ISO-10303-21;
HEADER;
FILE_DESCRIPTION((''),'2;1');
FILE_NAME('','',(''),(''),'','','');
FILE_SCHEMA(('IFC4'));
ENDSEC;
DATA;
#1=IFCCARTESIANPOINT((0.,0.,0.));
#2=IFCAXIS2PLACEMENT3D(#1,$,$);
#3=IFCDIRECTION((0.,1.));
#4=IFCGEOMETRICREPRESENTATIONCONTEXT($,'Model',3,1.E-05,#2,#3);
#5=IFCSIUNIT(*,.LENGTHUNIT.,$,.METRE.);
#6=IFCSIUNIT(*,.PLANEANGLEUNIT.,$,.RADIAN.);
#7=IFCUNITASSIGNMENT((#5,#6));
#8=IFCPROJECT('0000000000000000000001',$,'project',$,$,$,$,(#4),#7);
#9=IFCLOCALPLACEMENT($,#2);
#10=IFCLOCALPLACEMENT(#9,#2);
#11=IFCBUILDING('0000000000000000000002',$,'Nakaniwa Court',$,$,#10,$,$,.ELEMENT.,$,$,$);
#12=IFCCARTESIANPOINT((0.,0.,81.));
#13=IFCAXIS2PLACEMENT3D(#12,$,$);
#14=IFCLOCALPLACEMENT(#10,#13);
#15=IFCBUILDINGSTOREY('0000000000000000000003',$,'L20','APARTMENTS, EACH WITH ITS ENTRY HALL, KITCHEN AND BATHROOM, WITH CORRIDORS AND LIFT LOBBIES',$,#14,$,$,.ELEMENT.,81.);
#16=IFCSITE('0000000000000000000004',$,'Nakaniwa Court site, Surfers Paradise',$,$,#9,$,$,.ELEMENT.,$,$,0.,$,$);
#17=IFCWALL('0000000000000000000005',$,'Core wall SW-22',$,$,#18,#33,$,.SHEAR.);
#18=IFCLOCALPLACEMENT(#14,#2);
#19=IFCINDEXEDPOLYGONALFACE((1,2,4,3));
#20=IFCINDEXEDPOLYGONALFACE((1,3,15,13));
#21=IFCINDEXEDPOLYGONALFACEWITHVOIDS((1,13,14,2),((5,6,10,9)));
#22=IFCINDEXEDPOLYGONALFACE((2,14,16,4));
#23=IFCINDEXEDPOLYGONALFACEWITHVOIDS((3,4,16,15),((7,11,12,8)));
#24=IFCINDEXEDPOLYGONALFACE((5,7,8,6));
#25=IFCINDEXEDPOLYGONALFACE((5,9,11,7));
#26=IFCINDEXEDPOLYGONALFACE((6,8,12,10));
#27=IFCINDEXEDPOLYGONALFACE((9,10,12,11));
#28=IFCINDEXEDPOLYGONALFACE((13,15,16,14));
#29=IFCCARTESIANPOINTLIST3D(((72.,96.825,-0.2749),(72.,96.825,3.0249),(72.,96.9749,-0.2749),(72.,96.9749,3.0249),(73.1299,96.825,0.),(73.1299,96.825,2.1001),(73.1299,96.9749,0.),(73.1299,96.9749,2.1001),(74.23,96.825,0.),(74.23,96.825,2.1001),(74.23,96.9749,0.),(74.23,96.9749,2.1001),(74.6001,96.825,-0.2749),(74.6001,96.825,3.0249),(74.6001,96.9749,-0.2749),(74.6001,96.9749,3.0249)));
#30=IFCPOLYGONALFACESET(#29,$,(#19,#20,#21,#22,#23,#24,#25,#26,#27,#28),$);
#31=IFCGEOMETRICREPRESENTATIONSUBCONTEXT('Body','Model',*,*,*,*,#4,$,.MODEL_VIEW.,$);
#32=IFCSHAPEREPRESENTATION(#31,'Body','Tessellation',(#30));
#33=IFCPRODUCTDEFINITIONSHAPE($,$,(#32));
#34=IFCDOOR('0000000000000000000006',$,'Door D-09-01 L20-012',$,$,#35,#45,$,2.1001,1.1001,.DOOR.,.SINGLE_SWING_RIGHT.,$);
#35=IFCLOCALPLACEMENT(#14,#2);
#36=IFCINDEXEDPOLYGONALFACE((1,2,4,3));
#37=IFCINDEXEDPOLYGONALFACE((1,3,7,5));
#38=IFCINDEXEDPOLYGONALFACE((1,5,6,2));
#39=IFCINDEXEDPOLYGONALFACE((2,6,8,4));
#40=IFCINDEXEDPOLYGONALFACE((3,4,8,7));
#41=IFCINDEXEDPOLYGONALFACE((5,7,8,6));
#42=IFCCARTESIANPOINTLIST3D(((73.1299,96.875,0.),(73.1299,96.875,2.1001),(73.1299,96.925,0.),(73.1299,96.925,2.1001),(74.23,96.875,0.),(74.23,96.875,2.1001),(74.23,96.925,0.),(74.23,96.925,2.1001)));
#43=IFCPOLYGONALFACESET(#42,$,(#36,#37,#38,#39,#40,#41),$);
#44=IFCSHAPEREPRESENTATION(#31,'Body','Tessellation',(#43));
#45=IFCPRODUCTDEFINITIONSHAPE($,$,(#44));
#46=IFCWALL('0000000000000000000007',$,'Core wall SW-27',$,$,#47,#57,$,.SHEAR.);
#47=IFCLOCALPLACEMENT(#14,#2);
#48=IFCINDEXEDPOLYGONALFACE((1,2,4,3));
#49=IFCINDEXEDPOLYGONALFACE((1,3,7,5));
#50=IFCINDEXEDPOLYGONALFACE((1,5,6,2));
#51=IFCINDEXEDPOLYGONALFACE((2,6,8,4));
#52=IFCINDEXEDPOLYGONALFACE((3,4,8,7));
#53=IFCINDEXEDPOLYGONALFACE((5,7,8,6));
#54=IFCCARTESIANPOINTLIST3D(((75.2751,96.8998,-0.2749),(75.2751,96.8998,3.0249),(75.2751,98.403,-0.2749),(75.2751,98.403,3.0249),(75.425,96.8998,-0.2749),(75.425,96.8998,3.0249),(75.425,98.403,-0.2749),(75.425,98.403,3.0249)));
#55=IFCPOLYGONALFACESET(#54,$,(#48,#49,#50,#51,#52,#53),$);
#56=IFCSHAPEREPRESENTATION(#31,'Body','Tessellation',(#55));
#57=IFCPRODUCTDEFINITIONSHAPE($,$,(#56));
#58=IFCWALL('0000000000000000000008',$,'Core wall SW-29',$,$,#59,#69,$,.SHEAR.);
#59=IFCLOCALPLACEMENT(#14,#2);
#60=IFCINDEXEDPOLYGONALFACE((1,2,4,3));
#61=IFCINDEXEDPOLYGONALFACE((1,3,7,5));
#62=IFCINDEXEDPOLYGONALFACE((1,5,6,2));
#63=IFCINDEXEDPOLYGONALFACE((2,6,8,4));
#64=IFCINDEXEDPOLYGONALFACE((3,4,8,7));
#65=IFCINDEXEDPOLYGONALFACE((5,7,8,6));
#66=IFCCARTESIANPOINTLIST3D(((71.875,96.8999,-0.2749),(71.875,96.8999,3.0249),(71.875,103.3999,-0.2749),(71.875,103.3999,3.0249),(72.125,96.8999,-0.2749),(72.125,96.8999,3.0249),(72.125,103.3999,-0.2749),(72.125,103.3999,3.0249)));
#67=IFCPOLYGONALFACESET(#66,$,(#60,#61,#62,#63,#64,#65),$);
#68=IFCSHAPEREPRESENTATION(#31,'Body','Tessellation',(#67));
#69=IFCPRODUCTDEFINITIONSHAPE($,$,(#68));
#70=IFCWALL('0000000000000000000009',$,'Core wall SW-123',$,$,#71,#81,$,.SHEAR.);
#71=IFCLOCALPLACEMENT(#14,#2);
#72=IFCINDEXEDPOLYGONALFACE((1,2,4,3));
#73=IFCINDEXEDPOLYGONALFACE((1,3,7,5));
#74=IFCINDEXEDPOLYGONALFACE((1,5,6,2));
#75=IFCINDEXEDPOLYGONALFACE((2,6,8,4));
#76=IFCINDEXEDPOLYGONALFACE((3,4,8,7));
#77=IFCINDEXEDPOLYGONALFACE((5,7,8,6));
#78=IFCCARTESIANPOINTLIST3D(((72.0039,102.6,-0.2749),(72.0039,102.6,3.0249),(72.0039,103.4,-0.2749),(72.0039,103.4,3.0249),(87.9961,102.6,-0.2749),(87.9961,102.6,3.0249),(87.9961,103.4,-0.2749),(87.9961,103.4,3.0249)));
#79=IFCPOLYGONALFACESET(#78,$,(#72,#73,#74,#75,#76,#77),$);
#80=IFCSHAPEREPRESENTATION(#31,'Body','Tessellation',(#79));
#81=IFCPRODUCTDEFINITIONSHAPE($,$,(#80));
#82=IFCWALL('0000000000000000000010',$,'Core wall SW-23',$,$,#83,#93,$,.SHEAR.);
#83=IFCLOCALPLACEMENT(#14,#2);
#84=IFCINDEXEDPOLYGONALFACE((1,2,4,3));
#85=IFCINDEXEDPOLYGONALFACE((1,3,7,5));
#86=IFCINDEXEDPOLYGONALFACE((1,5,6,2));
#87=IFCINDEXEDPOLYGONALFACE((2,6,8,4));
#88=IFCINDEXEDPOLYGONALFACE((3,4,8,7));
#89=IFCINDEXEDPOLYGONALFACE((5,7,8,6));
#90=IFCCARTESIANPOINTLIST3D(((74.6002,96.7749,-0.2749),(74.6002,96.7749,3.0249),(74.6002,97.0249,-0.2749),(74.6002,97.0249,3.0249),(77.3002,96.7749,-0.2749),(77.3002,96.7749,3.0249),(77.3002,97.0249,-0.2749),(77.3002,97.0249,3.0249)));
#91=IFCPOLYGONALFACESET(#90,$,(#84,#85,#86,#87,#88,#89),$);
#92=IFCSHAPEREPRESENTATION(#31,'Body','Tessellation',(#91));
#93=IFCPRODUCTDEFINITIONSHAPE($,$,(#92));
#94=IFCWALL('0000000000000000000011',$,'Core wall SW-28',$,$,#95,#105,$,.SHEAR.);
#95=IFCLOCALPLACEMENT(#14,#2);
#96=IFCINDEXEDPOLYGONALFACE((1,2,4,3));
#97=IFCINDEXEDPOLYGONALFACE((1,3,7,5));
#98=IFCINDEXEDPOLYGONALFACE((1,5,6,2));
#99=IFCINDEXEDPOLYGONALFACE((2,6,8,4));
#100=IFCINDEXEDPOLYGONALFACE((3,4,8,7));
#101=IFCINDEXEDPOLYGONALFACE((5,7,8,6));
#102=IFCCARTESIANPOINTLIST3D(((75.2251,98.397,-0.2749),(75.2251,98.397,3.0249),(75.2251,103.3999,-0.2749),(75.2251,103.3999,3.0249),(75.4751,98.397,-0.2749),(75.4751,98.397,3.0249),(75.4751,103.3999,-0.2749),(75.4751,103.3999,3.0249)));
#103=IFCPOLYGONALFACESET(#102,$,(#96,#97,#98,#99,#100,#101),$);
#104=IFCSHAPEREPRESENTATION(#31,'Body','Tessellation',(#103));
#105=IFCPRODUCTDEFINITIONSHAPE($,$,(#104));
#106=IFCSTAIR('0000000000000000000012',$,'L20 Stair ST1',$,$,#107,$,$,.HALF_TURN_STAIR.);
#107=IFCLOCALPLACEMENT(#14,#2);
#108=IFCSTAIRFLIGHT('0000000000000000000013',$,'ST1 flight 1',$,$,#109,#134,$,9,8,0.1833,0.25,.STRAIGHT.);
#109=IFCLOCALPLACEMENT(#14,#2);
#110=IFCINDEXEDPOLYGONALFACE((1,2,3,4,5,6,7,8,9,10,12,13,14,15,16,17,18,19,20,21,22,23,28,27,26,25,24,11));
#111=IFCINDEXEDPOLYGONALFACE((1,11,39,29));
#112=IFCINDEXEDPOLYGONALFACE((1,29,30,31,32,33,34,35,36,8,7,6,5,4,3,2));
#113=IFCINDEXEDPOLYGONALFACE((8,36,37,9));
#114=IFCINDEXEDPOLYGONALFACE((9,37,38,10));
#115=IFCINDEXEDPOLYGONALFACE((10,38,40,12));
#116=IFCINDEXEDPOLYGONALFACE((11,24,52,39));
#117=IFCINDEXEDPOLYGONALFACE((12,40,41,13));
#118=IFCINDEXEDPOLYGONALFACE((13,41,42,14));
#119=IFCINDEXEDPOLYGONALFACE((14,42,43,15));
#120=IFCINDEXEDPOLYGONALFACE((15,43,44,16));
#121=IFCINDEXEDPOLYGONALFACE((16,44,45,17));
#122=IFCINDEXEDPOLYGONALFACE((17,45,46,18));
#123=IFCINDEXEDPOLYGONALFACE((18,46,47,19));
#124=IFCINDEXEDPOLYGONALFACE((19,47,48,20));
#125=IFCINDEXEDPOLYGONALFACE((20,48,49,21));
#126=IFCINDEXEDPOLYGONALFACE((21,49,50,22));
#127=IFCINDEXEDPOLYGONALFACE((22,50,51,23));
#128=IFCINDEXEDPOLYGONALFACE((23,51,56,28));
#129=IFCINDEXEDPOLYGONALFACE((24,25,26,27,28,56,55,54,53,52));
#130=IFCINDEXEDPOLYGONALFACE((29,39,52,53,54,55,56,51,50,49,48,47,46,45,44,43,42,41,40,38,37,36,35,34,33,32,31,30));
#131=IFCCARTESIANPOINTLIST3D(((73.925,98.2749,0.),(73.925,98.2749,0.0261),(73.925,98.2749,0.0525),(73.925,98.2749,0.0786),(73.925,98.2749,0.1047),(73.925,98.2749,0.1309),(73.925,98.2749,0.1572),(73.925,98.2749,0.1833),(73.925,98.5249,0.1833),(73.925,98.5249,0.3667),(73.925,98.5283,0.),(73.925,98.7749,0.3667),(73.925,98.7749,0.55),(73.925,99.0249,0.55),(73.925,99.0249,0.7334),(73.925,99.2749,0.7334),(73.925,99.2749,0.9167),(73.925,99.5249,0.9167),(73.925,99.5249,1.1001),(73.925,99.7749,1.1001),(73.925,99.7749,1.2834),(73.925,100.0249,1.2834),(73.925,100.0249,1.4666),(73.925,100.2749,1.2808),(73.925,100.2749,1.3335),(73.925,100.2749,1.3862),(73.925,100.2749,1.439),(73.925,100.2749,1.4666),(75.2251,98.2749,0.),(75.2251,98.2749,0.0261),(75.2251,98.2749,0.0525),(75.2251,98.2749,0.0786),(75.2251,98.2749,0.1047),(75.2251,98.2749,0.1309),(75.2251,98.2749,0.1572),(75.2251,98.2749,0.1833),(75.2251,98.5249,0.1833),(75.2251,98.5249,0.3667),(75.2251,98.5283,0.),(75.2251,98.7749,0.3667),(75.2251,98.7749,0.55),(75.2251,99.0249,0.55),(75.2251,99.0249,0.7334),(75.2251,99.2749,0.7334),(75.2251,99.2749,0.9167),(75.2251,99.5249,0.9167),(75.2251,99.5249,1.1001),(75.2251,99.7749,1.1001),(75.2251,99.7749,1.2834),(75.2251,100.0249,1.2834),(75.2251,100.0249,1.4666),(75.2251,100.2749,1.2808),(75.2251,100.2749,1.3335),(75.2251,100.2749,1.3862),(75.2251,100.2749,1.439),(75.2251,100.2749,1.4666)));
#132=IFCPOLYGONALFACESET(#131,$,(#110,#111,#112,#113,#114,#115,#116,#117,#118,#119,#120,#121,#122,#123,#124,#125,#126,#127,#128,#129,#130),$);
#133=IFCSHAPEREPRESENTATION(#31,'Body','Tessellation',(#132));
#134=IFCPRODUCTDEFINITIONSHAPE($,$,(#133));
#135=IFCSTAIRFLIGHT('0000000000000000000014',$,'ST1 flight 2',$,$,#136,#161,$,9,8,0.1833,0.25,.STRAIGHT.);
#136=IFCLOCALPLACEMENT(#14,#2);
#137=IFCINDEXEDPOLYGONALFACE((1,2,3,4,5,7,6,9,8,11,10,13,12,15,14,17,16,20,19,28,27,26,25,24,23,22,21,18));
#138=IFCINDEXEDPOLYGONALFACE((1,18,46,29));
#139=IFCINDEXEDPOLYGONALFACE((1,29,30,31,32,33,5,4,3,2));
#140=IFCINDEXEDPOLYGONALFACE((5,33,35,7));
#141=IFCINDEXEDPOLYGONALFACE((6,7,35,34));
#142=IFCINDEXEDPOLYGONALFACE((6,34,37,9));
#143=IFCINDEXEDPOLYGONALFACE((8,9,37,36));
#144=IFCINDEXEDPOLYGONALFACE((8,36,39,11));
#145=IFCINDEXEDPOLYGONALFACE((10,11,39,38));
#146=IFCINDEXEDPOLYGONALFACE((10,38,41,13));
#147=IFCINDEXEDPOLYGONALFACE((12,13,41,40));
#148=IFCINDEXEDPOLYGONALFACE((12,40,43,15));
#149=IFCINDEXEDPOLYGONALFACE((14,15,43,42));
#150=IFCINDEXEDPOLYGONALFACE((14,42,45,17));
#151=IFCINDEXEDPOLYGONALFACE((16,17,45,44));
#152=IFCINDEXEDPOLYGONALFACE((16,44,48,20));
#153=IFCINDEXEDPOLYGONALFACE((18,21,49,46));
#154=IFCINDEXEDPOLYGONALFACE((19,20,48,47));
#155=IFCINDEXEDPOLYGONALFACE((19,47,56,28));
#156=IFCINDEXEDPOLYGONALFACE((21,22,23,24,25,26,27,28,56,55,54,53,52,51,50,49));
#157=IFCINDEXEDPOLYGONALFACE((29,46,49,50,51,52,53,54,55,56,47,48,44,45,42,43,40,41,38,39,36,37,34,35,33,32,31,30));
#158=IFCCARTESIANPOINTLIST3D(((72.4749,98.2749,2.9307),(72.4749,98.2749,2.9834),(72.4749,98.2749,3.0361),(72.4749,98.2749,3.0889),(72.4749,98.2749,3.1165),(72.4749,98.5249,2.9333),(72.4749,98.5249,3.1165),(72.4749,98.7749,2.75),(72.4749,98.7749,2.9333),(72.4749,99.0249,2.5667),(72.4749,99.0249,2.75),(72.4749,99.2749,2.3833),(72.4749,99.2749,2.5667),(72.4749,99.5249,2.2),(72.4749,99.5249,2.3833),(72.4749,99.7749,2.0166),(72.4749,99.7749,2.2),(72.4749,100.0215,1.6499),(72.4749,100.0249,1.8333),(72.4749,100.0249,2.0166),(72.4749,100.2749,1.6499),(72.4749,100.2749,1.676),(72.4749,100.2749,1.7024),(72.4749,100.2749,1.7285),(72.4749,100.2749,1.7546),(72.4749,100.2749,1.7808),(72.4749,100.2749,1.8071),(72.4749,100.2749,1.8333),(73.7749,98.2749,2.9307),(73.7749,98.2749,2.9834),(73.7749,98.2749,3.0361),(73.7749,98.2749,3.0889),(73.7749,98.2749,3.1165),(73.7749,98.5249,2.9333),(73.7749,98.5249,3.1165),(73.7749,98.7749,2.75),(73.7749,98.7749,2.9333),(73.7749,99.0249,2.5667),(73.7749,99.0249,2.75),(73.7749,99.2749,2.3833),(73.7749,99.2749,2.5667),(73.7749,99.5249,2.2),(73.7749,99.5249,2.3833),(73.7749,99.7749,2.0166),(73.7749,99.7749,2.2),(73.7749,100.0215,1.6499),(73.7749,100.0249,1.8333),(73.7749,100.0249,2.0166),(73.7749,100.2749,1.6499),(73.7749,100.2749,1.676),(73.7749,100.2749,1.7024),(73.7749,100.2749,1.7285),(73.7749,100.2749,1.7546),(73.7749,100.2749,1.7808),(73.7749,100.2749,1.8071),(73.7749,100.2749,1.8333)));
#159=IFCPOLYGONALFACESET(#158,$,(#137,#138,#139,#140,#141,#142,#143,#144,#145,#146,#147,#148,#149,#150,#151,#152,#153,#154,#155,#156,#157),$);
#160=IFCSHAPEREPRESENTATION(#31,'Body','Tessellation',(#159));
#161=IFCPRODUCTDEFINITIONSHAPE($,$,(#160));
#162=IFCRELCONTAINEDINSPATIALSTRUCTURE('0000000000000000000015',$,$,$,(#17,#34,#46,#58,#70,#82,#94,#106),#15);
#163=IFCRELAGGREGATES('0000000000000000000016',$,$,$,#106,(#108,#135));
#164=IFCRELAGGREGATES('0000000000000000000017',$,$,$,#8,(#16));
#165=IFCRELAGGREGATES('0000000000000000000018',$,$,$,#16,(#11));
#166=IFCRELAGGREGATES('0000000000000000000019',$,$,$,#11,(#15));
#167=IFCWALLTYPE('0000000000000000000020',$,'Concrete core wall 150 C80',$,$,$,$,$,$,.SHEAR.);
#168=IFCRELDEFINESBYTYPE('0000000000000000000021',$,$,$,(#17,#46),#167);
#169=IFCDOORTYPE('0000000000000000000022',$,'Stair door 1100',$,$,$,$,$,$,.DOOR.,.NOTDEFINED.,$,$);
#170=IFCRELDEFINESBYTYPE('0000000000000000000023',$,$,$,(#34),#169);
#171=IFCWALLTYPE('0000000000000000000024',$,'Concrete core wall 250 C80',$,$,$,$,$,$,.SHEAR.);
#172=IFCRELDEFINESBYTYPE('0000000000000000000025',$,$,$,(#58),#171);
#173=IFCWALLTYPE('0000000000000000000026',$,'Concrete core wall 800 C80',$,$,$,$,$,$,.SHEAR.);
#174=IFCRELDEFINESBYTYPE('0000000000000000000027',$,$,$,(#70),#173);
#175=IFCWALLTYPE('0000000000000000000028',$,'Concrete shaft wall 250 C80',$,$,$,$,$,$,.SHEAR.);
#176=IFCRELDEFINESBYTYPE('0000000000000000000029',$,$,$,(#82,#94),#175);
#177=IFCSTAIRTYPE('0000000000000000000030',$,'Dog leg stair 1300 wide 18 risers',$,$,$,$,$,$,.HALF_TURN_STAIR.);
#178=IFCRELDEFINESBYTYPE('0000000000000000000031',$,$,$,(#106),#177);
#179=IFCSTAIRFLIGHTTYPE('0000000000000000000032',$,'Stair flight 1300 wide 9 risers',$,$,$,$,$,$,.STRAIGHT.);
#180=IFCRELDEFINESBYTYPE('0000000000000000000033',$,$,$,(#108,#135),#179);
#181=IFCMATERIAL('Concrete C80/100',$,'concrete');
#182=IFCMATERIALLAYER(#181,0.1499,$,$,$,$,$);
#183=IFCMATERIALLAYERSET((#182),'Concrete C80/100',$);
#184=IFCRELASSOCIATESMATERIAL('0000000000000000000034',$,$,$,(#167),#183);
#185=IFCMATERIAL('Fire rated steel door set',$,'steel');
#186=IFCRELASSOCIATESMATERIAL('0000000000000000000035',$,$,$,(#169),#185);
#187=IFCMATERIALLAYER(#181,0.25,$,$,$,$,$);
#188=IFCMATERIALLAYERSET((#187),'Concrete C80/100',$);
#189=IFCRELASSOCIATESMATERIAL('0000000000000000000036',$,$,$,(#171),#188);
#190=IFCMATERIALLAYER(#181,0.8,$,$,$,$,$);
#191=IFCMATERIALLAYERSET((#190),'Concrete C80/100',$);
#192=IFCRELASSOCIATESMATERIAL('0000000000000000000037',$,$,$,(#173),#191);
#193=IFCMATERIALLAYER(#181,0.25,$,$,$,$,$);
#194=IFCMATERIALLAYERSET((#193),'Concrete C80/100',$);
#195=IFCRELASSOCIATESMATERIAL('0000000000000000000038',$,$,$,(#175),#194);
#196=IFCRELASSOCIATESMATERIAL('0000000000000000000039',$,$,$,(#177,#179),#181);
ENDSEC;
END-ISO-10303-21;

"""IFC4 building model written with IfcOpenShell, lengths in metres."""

from ifc_helpers import new_model, si_unit, direction, frame, frame_2d, origin, place, context, subcontext, project, spatial, polyline, rectangle, outline, extrude, material, layer, layer_set, type_object, element, fill, aggregate, save


model = new_model("IFC4")

# Units and contexts
model_context = context("Model", 3, precision=1e-05, world=origin(), true_north=direction((0.0, 1.0)))
body_context = subcontext(model_context, "Body", "Model", "MODEL_VIEW")
ifc_project = project(units=[si_unit("LENGTHUNIT", "METRE"), si_unit("PLANEANGLEUNIT", "RADIAN")], contexts=[model_context])

# Site, building, storey
site_placement = place(None, origin())
site = spatial("IfcSite", under=ifc_project, at=site_placement, Name="Nakaniwa Court site, Surfers Paradise", CompositionType="ELEMENT", RefElevation=0.0)
building_placement = place(site_placement, origin())
building = spatial("IfcBuilding", under=site, at=building_placement, Name="Nakaniwa Court", CompositionType="ELEMENT")
storey_placement = place(building_placement, frame((0.0, 0.0, 81.0)))
storey = spatial("IfcBuildingStorey", under=building, at=storey_placement, Name="L20", Description="APARTMENTS, EACH WITH ITS ENTRY HALL, KITCHEN AND BATHROOM, WITH CORRIDORS AND LIFT LOBBIES", CompositionType="ELEMENT", Elevation=81.0)

# Shared definitions
ifc_material_1 = material(Name="Concrete C80/100", Category="concrete")

# Shared definitions
ifc_material_2 = material(Name="Fire rated steel door set", Category="steel")

# Wall, opening, door
ifc_layer_1 = layer(ifc_material_1, 0.1499)
ifc_layer_set_1 = layer_set([ifc_layer_1], Name="Concrete C80/100")
wall_type_1 = type_object("IfcWallType", Name="Concrete core wall 150 C80", PredefinedType="SHEAR", material=ifc_layer_set_1)
wall_1_placement = place(storey_placement, frame((74.6001, 96.8999, -0.2749), z_axis=(0.0, 0.0, 1.0), x_axis=(-1.0, 0.0, 0.0)))
wall_1 = element("IfcWall", 1, at=wall_1_placement, inside=storey, type_object=wall_type_1, Name="Core wall SW-22", PredefinedType="SHEAR", context=body_context, shape_type="SweptSolid", body=[
    extrude(rectangle(XDim=2.6001, YDim=0.1499, at=frame_2d((1.3, 0.0))), origin(), (0.0, 0.0, 1.0), 3.2998),
])
opening_1_placement = place(wall_1_placement, frame((0.3701, 0.0, 0.2749)))
opening_1 = element("IfcOpeningElement", 2, at=opening_1_placement, cuts=wall_1, PredefinedType="OPENING", context=body_context, shape_type="SweptSolid", body=[
    extrude(rectangle(XDim=1.1001, YDim=2.1001, at=frame_2d((0.55, 1.05))), frame((0.0, 0.085, 0.0), z_axis=(0.0, -1.0, 0.0), x_axis=(1.0, 0.0, 0.0)), (0.0, 0.0, 1.0), 0.1699),
])
door_type_1 = type_object("IfcDoorType", Name="Stair door 1100", OperationType="NOTDEFINED", PredefinedType="DOOR", material=ifc_material_2)
door_1_placement = place(opening_1_placement, origin())
door_1 = element("IfcDoor", 3, at=door_1_placement, inside=storey, type_object=door_type_1, Name="Door D-09-01 L20-012", OperationType="SINGLE_SWING_RIGHT", OverallHeight=2.1001, OverallWidth=1.1001, PredefinedType="DOOR", context=body_context, shape_type="SweptSolid", body=[
    extrude(rectangle(XDim=1.1001, YDim=2.1001, at=frame_2d((0.55, 1.05))), frame((0.0, 0.0249, 0.0), z_axis=(0.0, -1.0, 0.0), x_axis=(1.0, 0.0, 0.0)), (0.0, 0.0, 1.0), 0.05),
])
fill(opening_1, door_1)

# Walls
wall_2_placement = place(storey_placement, frame((75.3501, 96.8999, -0.2749), z_axis=(0.0, 0.0, 1.0), x_axis=(0.0, 1.0, 0.0)))
element("IfcWall", 4, at=wall_2_placement, inside=storey, type_object=wall_type_1, Name="Core wall SW-27", PredefinedType="SHEAR", context=body_context, shape_type="SweptSolid", body=[
    extrude(rectangle(XDim=1.5032, YDim=0.1499, at=frame_2d((0.7515, 0.0))), origin(), (0.0, 0.0, 1.0), 3.2998),
])
ifc_layer_2 = layer(ifc_material_1, 0.25)
ifc_layer_set_2 = layer_set([ifc_layer_2], Name="Concrete C80/100")
wall_type_2 = type_object("IfcWallType", Name="Concrete core wall 250 C80", PredefinedType="SHEAR", material=ifc_layer_set_2)
wall_3_placement = place(storey_placement, frame((72.0, 96.8999, -0.2749), z_axis=(0.0, 0.0, 1.0), x_axis=(0.0, 1.0, 0.0)))
element("IfcWall", 5, at=wall_3_placement, inside=storey, type_object=wall_type_2, Name="Core wall SW-29", PredefinedType="SHEAR", context=body_context, shape_type="SweptSolid", body=[
    extrude(rectangle(XDim=6.5, YDim=0.25, at=frame_2d((3.25, 0.0))), origin(), (0.0, 0.0, 1.0), 3.2998),
])
ifc_layer_3 = layer(ifc_material_1, 0.8)
ifc_layer_set_3 = layer_set([ifc_layer_3], Name="Concrete C80/100")
wall_type_3 = type_object("IfcWallType", Name="Concrete core wall 800 C80", PredefinedType="SHEAR", material=ifc_layer_set_3)
wall_4_placement = place(storey_placement, frame((72.0039, 103.0, -0.2749), z_axis=(0.0, 0.0, 1.0), x_axis=(1.0, 0.0, 0.0)))
element("IfcWall", 6, at=wall_4_placement, inside=storey, type_object=wall_type_3, Name="Core wall SW-123", PredefinedType="SHEAR", context=body_context, shape_type="SweptSolid", body=[
    extrude(rectangle(XDim=15.9922, YDim=0.8, at=frame_2d((7.9961, 0.0))), origin(), (0.0, 0.0, 1.0), 3.2998),
])
ifc_layer_4 = layer(ifc_material_1, 0.25)
ifc_layer_set_4 = layer_set([ifc_layer_4], Name="Concrete C80/100")
wall_type_4 = type_object("IfcWallType", Name="Concrete shaft wall 250 C80", PredefinedType="SHEAR", material=ifc_layer_set_4)
wall_5_placement = place(storey_placement, frame((74.6001, 96.8999, -0.2749), z_axis=(0.0, 0.0, 1.0), x_axis=(1.0, 0.0, 0.0)))
element("IfcWall", 7, at=wall_5_placement, inside=storey, type_object=wall_type_4, Name="Core wall SW-23", PredefinedType="SHEAR", context=body_context, shape_type="SweptSolid", body=[
    extrude(rectangle(XDim=2.7, YDim=0.25, at=frame_2d((1.3501, 0.0))), origin(), (0.0, 0.0, 1.0), 3.2998),
])
wall_6_placement = place(storey_placement, frame((75.3501, 98.397, -0.2749), z_axis=(0.0, 0.0, 1.0), x_axis=(0.0, 1.0, 0.0)))
element("IfcWall", 8, at=wall_6_placement, inside=storey, type_object=wall_type_4, Name="Core wall SW-28", PredefinedType="SHEAR", context=body_context, shape_type="SweptSolid", body=[
    extrude(rectangle(XDim=5.0029, YDim=0.25, at=frame_2d((2.5015, 0.0))), origin(), (0.0, 0.0, 1.0), 3.2998),
])

# Stair, stair flights
stair_type = type_object("IfcStairType", Name="Dog leg stair 1300 wide 18 risers", PredefinedType="HALF_TURN_STAIR", material=ifc_material_1)
stair_placement = place(storey_placement, origin())
stair = element("IfcStair", 9, at=stair_placement, inside=storey, type_object=stair_type, Name="L20 Stair ST1", PredefinedType="HALF_TURN_STAIR")
stair_flight_type = type_object("IfcStairFlightType", Name="Stair flight 1300 wide 9 risers", PredefinedType="STRAIGHT", material=ifc_material_1)
stair_flight_1_placement = place(storey_placement, frame((74.575, 98.2749, 0.0), z_axis=(0.0, 0.0, 1.0), x_axis=(0.0, 1.0, 0.0)))
stair_flight_1 = element("IfcStairFlight", 10, at=stair_flight_1_placement, type_object=stair_flight_type, Name="ST1 flight 1", NumberOfRisers=9, NumberOfTreads=8, PredefinedType="STRAIGHT", RiserHeight=0.1833, TreadLength=0.25, context=body_context, shape_type="SweptSolid", body=[
    extrude(outline(polyline([(0.0, 0.0), (0.0, 0.0261), (0.0, 0.0525), (0.0, 0.0786), (0.0, 0.1047), (0.0, 0.1309), (0.0, 0.1572), (0.0, 0.1833), (0.25, 0.1833), (0.25, 0.3667), (0.5, 0.3667), (0.5, 0.55), (0.75, 0.55), (0.75, 0.7334), (1.0, 0.7334), (1.0, 0.9167), (1.25, 0.9167), (1.25, 1.1001), (1.5, 1.1001), (1.5, 1.2834), (1.75, 1.2834), (1.75, 1.4666), (2.0, 1.4666), (2.0, 1.6499), (2.0, 1.5972), (2.0, 1.5444), (2.0, 1.4917), (2.0, 1.439), (2.0, 1.3862), (2.0, 1.3335), (2.0, 1.2808), (0.2534, 0.0), (0.0, 0.0)])), frame((0.0, 0.6499, 0.0), z_axis=(0.0, -1.0, 0.0), x_axis=(1.0, 0.0, 0.0)), (0.0, 0.0, 1.0), 1.3),
])
stair_flight_2_placement = place(storey_placement, frame((73.125, 100.2749, 1.6499), z_axis=(0.0, 0.0, 1.0), x_axis=(0.0, -1.0, 0.0)))
stair_flight_2 = element("IfcStairFlight", 11, at=stair_flight_2_placement, type_object=stair_flight_type, Name="ST1 flight 2", NumberOfRisers=9, NumberOfTreads=8, PredefinedType="STRAIGHT", RiserHeight=0.1833, TreadLength=0.25, context=body_context, shape_type="SweptSolid", body=[
    extrude(outline(polyline([(0.0, 0.0), (0.0, 0.0261), (0.0, 0.0525), (0.0, 0.0786), (0.0, 0.1047), (0.0, 0.1309), (0.0, 0.1572), (0.0, 0.1833), (0.25, 0.1833), (0.25, 0.3667), (0.5, 0.3667), (0.5, 0.55), (0.75, 0.55), (0.75, 0.7334), (1.0, 0.7334), (1.0, 0.9167), (1.25, 0.9167), (1.25, 1.1001), (1.5, 1.1001), (1.5, 1.2834), (1.75, 1.2834), (1.75, 1.4666), (2.0, 1.4666), (2.0, 1.6499), (2.0, 1.5972), (2.0, 1.5444), (2.0, 1.4917), (2.0, 1.439), (2.0, 1.3862), (2.0, 1.3335), (2.0, 1.2808), (0.2534, 0.0), (0.0, 0.0)])), frame((0.0, 0.6499, 0.0), z_axis=(0.0, -1.0, 0.0), x_axis=(1.0, 0.0, 0.0)), (0.0, 0.0, 1.0), 1.3),
])
aggregate(stair, [stair_flight_1, stair_flight_2])

save(model, "model.ifc")
